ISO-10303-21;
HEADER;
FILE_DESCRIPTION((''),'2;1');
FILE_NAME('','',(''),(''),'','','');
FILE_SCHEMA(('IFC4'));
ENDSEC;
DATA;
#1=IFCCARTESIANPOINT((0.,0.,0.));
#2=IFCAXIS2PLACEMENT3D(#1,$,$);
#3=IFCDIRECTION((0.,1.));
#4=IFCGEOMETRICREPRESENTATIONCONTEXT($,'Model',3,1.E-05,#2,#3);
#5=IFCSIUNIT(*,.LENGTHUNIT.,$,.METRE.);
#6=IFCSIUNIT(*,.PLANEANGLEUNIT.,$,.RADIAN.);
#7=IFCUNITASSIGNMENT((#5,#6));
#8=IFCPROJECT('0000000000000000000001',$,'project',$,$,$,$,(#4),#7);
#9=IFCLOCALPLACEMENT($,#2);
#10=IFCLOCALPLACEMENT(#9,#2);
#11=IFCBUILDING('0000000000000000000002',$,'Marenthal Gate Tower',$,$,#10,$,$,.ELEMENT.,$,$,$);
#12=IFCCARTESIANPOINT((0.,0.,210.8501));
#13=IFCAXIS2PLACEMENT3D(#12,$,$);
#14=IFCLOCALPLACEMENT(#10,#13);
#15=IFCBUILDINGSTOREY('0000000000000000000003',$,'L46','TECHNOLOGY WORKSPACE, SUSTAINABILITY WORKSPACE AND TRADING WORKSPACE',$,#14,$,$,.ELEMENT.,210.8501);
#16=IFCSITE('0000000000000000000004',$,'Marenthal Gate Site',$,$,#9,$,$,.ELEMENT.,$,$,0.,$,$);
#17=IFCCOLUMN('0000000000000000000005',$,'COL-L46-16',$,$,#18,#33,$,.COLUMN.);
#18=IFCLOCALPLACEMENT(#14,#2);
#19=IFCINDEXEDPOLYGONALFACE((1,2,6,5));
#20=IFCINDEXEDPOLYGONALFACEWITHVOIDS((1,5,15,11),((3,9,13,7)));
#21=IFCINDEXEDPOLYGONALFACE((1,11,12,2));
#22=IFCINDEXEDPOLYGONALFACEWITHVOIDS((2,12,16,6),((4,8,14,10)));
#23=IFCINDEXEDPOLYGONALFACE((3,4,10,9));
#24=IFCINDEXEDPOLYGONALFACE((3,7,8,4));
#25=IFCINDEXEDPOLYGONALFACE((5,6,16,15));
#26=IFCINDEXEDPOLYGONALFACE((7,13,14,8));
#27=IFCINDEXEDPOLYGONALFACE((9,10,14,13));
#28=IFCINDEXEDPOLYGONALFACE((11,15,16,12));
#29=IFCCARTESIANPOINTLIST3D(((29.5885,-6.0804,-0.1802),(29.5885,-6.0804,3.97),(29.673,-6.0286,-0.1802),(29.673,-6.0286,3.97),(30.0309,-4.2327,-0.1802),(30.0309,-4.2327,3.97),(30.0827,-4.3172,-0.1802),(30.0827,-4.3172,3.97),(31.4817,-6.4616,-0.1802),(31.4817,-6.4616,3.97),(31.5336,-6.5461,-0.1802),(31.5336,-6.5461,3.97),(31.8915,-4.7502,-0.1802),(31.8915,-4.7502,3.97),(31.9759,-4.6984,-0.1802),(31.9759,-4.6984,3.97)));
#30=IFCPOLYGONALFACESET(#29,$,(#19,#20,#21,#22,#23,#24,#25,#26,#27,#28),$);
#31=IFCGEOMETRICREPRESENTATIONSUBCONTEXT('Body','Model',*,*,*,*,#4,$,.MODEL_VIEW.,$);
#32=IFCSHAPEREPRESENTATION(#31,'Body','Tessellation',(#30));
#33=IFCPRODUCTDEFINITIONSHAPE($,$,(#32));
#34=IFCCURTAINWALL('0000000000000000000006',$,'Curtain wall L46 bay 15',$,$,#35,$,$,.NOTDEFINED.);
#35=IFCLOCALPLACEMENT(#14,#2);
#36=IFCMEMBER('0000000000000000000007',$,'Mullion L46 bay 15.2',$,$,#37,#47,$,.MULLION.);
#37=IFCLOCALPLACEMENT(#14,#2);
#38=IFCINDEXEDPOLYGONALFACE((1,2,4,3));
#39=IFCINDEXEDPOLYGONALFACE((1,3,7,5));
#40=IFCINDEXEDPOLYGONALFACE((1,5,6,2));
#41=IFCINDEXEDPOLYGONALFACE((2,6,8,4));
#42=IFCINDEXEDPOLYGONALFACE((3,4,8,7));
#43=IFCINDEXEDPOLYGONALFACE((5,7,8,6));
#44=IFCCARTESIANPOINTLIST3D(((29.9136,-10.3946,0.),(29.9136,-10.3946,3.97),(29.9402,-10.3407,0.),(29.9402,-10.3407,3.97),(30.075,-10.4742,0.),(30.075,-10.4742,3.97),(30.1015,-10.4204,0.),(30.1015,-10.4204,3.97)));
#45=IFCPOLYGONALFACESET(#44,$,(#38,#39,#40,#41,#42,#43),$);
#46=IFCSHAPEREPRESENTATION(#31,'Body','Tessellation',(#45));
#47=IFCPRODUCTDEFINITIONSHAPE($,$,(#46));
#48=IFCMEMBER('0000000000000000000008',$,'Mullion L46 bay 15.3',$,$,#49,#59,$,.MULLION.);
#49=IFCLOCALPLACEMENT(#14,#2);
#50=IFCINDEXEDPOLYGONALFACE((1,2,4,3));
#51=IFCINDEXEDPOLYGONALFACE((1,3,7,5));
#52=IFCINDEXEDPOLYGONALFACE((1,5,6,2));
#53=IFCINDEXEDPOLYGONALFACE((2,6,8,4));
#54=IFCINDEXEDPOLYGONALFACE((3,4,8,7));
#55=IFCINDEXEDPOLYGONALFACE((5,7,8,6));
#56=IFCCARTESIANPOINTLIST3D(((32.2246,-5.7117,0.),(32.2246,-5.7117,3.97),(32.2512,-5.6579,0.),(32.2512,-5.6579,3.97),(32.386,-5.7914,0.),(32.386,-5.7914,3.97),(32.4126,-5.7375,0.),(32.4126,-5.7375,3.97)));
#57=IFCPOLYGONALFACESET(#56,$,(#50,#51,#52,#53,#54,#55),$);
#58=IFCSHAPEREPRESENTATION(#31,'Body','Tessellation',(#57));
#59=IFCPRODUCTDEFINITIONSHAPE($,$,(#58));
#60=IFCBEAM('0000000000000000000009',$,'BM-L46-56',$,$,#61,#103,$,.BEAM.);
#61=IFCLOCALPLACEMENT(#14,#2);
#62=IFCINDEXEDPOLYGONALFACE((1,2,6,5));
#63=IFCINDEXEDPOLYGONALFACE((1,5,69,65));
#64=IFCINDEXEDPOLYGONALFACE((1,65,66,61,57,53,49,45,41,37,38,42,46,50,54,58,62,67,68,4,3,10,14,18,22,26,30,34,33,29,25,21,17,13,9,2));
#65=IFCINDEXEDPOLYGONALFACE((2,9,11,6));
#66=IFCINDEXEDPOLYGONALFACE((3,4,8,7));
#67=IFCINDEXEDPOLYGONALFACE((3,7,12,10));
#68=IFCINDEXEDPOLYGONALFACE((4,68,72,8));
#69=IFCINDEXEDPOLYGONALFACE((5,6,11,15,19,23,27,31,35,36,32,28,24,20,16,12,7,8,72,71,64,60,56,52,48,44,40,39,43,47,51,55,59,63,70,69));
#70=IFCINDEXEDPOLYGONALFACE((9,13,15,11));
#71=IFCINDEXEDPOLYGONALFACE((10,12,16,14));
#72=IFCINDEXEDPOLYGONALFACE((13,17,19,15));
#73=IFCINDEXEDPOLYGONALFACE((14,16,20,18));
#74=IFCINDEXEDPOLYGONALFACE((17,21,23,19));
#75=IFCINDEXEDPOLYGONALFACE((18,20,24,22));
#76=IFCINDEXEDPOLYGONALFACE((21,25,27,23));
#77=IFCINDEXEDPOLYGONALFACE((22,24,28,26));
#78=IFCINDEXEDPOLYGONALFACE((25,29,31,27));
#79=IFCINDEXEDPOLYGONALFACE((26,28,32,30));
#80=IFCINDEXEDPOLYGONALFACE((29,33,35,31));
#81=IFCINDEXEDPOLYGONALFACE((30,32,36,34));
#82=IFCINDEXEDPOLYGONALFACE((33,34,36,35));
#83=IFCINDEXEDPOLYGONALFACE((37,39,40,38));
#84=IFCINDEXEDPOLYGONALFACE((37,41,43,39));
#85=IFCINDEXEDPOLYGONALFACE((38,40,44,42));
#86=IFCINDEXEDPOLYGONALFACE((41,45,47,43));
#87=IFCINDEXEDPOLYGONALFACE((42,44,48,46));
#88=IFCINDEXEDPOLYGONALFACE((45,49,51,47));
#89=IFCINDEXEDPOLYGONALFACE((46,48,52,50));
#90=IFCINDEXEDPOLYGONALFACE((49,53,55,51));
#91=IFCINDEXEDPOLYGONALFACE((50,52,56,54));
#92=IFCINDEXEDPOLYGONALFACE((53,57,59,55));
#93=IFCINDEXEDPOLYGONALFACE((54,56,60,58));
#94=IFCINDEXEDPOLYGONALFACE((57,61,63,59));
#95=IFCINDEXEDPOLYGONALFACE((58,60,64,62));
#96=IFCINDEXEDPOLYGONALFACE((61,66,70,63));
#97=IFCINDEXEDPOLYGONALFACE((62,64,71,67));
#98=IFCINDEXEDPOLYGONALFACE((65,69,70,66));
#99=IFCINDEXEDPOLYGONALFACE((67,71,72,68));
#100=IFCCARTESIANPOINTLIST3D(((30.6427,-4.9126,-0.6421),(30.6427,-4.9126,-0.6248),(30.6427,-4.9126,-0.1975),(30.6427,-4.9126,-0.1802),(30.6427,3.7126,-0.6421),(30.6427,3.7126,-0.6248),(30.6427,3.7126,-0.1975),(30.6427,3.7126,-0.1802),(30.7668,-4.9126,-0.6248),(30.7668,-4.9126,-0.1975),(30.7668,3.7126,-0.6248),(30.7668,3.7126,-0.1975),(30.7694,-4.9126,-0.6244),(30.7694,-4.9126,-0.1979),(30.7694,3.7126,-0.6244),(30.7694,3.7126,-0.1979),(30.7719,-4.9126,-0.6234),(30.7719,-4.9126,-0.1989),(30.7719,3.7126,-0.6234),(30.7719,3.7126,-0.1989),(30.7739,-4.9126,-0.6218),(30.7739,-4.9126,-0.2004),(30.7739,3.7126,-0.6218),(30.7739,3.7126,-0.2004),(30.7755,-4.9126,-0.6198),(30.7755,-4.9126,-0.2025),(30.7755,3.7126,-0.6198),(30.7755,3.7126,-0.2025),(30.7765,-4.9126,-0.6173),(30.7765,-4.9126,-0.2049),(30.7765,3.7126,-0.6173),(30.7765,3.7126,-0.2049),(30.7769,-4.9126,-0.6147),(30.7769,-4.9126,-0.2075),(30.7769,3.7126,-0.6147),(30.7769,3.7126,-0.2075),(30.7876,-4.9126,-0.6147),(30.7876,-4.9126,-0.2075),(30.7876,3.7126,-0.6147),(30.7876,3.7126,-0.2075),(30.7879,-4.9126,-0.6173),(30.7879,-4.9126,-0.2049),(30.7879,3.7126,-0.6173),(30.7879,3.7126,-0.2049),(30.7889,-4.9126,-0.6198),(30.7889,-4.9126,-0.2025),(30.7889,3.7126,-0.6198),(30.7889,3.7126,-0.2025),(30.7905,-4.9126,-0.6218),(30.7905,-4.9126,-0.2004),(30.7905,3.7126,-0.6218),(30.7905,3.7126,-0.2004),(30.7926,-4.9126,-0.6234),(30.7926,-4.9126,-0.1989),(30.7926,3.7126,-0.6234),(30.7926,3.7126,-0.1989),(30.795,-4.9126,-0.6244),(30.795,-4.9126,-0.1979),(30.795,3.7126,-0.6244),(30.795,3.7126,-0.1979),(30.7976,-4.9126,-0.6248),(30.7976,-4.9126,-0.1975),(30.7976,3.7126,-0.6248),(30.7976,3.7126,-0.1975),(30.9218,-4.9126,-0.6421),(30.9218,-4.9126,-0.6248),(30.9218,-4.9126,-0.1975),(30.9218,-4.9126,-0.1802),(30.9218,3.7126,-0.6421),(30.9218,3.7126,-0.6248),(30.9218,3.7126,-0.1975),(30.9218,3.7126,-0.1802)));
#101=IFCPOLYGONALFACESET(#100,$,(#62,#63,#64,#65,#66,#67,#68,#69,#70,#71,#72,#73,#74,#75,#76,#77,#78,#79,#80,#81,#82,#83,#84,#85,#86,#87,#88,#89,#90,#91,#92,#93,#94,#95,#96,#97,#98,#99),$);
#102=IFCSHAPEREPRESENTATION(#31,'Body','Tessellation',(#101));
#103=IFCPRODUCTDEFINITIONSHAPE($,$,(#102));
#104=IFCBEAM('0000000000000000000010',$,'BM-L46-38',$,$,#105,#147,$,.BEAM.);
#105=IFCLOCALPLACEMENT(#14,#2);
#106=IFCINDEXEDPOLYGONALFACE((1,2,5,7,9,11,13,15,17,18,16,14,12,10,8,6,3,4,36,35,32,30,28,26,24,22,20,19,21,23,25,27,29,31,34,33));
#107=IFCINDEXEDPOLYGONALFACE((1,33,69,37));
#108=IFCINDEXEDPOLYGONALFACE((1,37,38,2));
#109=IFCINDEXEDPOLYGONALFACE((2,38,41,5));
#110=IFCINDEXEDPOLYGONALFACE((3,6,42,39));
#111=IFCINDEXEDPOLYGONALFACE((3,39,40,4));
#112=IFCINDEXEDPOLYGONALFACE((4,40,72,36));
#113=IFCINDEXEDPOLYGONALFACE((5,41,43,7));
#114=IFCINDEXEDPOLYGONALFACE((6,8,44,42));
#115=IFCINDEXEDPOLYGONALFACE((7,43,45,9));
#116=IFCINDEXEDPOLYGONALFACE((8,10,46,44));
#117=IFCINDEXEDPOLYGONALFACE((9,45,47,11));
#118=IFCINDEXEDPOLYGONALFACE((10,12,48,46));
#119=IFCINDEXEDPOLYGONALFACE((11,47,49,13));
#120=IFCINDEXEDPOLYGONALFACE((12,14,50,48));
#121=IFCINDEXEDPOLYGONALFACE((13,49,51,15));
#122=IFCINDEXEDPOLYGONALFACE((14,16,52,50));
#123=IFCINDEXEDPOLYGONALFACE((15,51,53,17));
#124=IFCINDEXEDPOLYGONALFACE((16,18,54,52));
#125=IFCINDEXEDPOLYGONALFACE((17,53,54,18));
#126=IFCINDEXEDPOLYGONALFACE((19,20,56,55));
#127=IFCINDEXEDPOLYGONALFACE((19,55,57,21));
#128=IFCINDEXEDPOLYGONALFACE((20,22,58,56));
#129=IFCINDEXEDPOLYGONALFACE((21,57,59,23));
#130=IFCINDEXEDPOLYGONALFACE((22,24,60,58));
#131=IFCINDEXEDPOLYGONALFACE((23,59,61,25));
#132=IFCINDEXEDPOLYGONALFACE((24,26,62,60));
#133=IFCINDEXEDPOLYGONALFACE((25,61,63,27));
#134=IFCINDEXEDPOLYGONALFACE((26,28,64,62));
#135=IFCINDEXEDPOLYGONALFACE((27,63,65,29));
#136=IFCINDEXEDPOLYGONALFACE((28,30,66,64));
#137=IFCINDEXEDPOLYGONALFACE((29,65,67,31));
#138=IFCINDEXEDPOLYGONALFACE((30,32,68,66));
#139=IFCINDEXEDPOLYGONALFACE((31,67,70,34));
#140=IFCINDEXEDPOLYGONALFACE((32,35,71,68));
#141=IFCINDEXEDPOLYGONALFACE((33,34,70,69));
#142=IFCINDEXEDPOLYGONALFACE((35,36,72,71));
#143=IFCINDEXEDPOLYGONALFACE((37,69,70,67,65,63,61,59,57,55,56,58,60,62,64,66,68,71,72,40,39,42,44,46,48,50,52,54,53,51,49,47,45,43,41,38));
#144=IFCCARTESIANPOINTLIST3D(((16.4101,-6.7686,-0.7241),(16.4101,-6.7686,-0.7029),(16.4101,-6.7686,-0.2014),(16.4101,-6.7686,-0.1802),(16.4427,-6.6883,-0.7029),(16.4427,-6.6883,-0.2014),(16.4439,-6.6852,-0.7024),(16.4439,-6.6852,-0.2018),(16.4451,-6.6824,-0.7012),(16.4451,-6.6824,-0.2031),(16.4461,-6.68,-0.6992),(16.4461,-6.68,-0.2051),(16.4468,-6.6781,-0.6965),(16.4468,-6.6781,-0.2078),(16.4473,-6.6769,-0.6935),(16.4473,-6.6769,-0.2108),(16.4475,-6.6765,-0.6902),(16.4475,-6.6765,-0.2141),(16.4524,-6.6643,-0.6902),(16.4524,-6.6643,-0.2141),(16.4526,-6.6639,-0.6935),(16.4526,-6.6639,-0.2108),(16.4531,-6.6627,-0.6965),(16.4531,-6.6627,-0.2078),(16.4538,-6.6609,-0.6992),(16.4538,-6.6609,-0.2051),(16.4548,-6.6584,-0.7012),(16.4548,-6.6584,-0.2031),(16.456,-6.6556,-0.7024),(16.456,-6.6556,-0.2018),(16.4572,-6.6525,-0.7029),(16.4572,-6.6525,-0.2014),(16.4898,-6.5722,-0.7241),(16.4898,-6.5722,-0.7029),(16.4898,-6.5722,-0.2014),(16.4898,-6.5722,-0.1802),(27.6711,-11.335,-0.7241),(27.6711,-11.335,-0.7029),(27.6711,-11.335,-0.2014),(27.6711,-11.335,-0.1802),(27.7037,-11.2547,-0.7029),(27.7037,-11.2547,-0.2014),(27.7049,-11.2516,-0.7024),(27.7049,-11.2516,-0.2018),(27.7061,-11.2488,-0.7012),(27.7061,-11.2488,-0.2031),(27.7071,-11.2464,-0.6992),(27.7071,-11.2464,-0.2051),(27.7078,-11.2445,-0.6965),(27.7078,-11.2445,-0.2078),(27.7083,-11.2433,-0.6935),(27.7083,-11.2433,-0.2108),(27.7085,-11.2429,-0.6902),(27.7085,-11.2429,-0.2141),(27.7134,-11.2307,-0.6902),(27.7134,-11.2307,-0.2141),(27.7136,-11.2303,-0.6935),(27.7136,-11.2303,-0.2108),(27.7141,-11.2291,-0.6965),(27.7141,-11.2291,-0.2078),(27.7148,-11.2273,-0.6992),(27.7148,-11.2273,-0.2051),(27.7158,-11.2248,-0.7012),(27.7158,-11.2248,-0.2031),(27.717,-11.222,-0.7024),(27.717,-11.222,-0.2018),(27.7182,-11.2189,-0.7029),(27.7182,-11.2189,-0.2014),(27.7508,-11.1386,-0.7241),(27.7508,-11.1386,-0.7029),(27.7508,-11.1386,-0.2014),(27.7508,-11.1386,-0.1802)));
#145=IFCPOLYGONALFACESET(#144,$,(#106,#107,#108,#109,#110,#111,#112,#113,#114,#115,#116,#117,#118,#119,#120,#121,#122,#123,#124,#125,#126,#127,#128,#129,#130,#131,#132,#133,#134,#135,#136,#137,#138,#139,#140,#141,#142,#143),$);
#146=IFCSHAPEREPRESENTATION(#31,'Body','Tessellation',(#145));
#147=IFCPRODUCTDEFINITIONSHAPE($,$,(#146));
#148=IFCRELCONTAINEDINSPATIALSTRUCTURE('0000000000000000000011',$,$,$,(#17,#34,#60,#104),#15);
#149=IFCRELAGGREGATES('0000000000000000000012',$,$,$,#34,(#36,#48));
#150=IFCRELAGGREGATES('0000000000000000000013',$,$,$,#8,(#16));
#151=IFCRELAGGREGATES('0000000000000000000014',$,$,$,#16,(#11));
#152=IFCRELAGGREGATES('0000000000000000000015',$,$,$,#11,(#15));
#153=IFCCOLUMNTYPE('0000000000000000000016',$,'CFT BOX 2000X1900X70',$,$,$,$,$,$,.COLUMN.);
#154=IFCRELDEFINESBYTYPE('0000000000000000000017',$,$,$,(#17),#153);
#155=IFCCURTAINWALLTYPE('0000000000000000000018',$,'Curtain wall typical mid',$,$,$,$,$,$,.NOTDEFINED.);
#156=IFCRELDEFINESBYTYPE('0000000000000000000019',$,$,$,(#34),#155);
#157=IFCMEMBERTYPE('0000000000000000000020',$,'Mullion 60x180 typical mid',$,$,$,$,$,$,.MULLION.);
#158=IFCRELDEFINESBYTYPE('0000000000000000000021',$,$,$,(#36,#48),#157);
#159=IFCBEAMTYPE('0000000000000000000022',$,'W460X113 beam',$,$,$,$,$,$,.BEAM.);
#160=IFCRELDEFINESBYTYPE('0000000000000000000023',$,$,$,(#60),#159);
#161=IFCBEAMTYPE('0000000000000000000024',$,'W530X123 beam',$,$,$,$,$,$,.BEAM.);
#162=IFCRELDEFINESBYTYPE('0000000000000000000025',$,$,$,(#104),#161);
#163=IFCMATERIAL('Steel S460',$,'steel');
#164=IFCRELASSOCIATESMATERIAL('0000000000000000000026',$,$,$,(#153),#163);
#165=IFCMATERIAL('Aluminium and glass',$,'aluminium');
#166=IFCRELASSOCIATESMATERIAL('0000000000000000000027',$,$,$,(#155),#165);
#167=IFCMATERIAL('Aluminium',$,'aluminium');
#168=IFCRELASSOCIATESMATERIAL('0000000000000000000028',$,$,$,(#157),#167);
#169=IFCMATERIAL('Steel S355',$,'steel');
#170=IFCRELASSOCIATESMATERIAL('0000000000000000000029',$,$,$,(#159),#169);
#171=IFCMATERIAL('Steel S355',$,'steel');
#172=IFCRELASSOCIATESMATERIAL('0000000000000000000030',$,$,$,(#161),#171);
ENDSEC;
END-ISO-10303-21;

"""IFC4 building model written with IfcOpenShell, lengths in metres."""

from ifc_helpers import new_model, si_unit, direction, frame, origin, origin_2d, place, context, subcontext, project, spatial, rectangle, hollow_rectangle, i_section, extrude, material, material_profile, profile_set, type_object, element, aggregate, save


model = new_model("IFC4")

# Units and contexts
model_context = context("Model", 3, precision=1e-05, world=origin(), true_north=direction((0.0, 1.0)))
body_context = subcontext(model_context, "Body", "Model", "MODEL_VIEW")
ifc_project = project(units=[si_unit("LENGTHUNIT", "METRE"), si_unit("PLANEANGLEUNIT", "RADIAN")], contexts=[model_context])

# Site, building, storey
site_placement = place(None, origin())
site = spatial("IfcSite", under=ifc_project, at=site_placement, Name="Marenthal Gate Site", CompositionType="ELEMENT", RefElevation=0.0)
building_placement = place(site_placement, origin())
building = spatial("IfcBuilding", under=site, at=building_placement, Name="Marenthal Gate Tower", CompositionType="ELEMENT")
storey_placement = place(building_placement, frame((0.0, 0.0, 210.8501)))
storey = spatial("IfcBuildingStorey", under=building, at=storey_placement, Name="L46", Description="TECHNOLOGY WORKSPACE, SUSTAINABILITY WORKSPACE AND TRADING WORKSPACE", CompositionType="ELEMENT", Elevation=210.8501)

# Column
ifc_material_1 = material(Name="Steel S460", Category="steel")
ifc_material_profile_1 = material_profile(ifc_material_1, hollow_rectangle(XDim=1.8999, YDim=2.0, WallThickness=0.0701, at=origin_2d()), Name="CFT BOX 2000X1900X70")
ifc_material_2 = material(Name="Concrete 70 MPa", Category="concrete")
ifc_material_profile_2 = material_profile(ifc_material_2, rectangle(XDim=1.76, YDim=1.8601, at=origin_2d()), Name="CFT BOX 2000X1900X70 INFILL")
ifc_profile_set_1 = profile_set([ifc_material_profile_1, ifc_material_profile_2], Name="Steel S460 shell, Concrete 70 MPa infill")
column_type = type_object("IfcColumnType", Name="CFT BOX 2000X1900X70", PredefinedType="COLUMN", material=ifc_profile_set_1)
column_placement = place(storey_placement, frame((30.7822, -5.3894, -0.1802), z_axis=(0.0, 0.0, 1.0), x_axis=(-0.232843, -0.972514, 0.0)))
element("IfcColumn", 1, at=column_placement, inside=storey, type_object=column_type, Name="COL-L46-16", PredefinedType="COLUMN", context=body_context, shape_type="SweptSolid", body=[
    extrude(hollow_rectangle(XDim=1.8999, YDim=2.0, WallThickness=0.0701, at=origin_2d()), origin(), (0.0, 0.0, 1.0), 4.1501),
])

# Curtain wall, members
ifc_material_3 = material(Name="Aluminium and glass", Category="aluminium")
curtain_wall_type = type_object("IfcCurtainWallType", Name="Curtain wall typical mid", PredefinedType="NOTDEFINED", material=ifc_material_3)
curtain_wall_placement = place(storey_placement, origin())
curtain_wall = element("IfcCurtainWall", 2, at=curtain_wall_placement, inside=storey, type_object=curtain_wall_type, Name="Curtain wall L46 bay 15", PredefinedType="NOTDEFINED")
ifc_material_4 = material(Name="Aluminium", Category="aluminium")
ifc_material_profile_3 = material_profile(ifc_material_4, rectangle(XDim=0.1799, YDim=0.0601, at=origin_2d()), Name="60x180 aluminium mullion")
ifc_profile_set_2 = profile_set([ifc_material_profile_3], Name="Aluminium")
member_type = type_object("IfcMemberType", Name="Mullion 60x180 typical mid", PredefinedType="MULLION", material=ifc_profile_set_2)
member_1_placement = place(storey_placement, frame((30.0076, -10.4075, 0.0), z_axis=(0.0, 0.0, 1.0), x_axis=(-0.896757, 0.442523, 0.0)))
member_1 = element("IfcMember", 3, at=member_1_placement, type_object=member_type, Name="Mullion L46 bay 15.2", PredefinedType="MULLION", context=body_context, shape_type="SweptSolid", body=[
    extrude(rectangle(XDim=0.1799, YDim=0.0601, at=origin_2d()), origin(), (0.0, 0.0, 1.0), 3.97),
])
member_2_placement = place(storey_placement, frame((32.3186, -5.7246, 0.0), z_axis=(0.0, 0.0, 1.0), x_axis=(-0.896757, 0.442523, 0.0)))
member_2 = element("IfcMember", 4, at=member_2_placement, type_object=member_type, Name="Mullion L46 bay 15.3", PredefinedType="MULLION", context=body_context, shape_type="SweptSolid", body=[
    extrude(rectangle(XDim=0.1799, YDim=0.0601, at=origin_2d()), origin(), (0.0, 0.0, 1.0), 3.97),
])

# Beams
ifc_material_5 = material(Name="Steel S355", Category="steel")
ifc_material_profile_4 = material_profile(ifc_material_5, i_section(OverallWidth=0.2791, OverallDepth=0.4619, WebThickness=0.0107, FlangeThickness=0.0173, FilletRadius=0.01, at=origin_2d()), Name="W460X113")
ifc_profile_set_3 = profile_set([ifc_material_profile_4], Name="Steel S355")
beam_type_1 = type_object("IfcBeamType", Name="W460X113 beam", PredefinedType="BEAM", material=ifc_profile_set_3)
beam_1_placement = place(storey_placement, frame((30.7822, -4.9126, -0.4111), z_axis=(0.0, 1.0, 0.0), x_axis=(-1.0, 0.0, 0.0)))
element("IfcBeam", 5, at=beam_1_placement, inside=storey, type_object=beam_type_1, Name="BM-L46-56", PredefinedType="BEAM", context=body_context, shape_type="SweptSolid", body=[
    extrude(i_section(OverallWidth=0.2791, OverallDepth=0.4619, WebThickness=0.0107, FlangeThickness=0.0173, FilletRadius=0.01, at=origin_2d()), origin(), (0.0, 0.0, 1.0), 8.6252),
])
ifc_material_6 = material(Name="Steel S355", Category="steel")
ifc_material_profile_5 = material_profile(ifc_material_6, i_section(OverallWidth=0.2119, OverallDepth=0.5439, WebThickness=0.0132, FlangeThickness=0.0212, FilletRadius=0.0127, at=origin_2d()), Name="W530X123")
ifc_profile_set_4 = profile_set([ifc_material_profile_5], Name="Steel S355")
beam_type_2 = type_object("IfcBeamType", Name="W530X123 beam", PredefinedType="BEAM", material=ifc_profile_set_4)
beam_2_placement = place(storey_placement, frame((27.7109, -11.2368, -0.4521), z_axis=(-0.926707, 0.375786, 0.0), x_axis=(-0.375786, -0.926707, 0.0)))
element("IfcBeam", 6, at=beam_2_placement, inside=storey, type_object=beam_type_2, Name="BM-L46-38", PredefinedType="BEAM", context=body_context, shape_type="SweptSolid", body=[
    extrude(i_section(OverallWidth=0.2119, OverallDepth=0.5439, WebThickness=0.0132, FlangeThickness=0.0212, FilletRadius=0.0127, at=origin_2d()), origin(), (0.0, 0.0, 1.0), 12.1516),
])

aggregate(curtain_wall, [member_1, member_2])

save(model, "model.ifc")
